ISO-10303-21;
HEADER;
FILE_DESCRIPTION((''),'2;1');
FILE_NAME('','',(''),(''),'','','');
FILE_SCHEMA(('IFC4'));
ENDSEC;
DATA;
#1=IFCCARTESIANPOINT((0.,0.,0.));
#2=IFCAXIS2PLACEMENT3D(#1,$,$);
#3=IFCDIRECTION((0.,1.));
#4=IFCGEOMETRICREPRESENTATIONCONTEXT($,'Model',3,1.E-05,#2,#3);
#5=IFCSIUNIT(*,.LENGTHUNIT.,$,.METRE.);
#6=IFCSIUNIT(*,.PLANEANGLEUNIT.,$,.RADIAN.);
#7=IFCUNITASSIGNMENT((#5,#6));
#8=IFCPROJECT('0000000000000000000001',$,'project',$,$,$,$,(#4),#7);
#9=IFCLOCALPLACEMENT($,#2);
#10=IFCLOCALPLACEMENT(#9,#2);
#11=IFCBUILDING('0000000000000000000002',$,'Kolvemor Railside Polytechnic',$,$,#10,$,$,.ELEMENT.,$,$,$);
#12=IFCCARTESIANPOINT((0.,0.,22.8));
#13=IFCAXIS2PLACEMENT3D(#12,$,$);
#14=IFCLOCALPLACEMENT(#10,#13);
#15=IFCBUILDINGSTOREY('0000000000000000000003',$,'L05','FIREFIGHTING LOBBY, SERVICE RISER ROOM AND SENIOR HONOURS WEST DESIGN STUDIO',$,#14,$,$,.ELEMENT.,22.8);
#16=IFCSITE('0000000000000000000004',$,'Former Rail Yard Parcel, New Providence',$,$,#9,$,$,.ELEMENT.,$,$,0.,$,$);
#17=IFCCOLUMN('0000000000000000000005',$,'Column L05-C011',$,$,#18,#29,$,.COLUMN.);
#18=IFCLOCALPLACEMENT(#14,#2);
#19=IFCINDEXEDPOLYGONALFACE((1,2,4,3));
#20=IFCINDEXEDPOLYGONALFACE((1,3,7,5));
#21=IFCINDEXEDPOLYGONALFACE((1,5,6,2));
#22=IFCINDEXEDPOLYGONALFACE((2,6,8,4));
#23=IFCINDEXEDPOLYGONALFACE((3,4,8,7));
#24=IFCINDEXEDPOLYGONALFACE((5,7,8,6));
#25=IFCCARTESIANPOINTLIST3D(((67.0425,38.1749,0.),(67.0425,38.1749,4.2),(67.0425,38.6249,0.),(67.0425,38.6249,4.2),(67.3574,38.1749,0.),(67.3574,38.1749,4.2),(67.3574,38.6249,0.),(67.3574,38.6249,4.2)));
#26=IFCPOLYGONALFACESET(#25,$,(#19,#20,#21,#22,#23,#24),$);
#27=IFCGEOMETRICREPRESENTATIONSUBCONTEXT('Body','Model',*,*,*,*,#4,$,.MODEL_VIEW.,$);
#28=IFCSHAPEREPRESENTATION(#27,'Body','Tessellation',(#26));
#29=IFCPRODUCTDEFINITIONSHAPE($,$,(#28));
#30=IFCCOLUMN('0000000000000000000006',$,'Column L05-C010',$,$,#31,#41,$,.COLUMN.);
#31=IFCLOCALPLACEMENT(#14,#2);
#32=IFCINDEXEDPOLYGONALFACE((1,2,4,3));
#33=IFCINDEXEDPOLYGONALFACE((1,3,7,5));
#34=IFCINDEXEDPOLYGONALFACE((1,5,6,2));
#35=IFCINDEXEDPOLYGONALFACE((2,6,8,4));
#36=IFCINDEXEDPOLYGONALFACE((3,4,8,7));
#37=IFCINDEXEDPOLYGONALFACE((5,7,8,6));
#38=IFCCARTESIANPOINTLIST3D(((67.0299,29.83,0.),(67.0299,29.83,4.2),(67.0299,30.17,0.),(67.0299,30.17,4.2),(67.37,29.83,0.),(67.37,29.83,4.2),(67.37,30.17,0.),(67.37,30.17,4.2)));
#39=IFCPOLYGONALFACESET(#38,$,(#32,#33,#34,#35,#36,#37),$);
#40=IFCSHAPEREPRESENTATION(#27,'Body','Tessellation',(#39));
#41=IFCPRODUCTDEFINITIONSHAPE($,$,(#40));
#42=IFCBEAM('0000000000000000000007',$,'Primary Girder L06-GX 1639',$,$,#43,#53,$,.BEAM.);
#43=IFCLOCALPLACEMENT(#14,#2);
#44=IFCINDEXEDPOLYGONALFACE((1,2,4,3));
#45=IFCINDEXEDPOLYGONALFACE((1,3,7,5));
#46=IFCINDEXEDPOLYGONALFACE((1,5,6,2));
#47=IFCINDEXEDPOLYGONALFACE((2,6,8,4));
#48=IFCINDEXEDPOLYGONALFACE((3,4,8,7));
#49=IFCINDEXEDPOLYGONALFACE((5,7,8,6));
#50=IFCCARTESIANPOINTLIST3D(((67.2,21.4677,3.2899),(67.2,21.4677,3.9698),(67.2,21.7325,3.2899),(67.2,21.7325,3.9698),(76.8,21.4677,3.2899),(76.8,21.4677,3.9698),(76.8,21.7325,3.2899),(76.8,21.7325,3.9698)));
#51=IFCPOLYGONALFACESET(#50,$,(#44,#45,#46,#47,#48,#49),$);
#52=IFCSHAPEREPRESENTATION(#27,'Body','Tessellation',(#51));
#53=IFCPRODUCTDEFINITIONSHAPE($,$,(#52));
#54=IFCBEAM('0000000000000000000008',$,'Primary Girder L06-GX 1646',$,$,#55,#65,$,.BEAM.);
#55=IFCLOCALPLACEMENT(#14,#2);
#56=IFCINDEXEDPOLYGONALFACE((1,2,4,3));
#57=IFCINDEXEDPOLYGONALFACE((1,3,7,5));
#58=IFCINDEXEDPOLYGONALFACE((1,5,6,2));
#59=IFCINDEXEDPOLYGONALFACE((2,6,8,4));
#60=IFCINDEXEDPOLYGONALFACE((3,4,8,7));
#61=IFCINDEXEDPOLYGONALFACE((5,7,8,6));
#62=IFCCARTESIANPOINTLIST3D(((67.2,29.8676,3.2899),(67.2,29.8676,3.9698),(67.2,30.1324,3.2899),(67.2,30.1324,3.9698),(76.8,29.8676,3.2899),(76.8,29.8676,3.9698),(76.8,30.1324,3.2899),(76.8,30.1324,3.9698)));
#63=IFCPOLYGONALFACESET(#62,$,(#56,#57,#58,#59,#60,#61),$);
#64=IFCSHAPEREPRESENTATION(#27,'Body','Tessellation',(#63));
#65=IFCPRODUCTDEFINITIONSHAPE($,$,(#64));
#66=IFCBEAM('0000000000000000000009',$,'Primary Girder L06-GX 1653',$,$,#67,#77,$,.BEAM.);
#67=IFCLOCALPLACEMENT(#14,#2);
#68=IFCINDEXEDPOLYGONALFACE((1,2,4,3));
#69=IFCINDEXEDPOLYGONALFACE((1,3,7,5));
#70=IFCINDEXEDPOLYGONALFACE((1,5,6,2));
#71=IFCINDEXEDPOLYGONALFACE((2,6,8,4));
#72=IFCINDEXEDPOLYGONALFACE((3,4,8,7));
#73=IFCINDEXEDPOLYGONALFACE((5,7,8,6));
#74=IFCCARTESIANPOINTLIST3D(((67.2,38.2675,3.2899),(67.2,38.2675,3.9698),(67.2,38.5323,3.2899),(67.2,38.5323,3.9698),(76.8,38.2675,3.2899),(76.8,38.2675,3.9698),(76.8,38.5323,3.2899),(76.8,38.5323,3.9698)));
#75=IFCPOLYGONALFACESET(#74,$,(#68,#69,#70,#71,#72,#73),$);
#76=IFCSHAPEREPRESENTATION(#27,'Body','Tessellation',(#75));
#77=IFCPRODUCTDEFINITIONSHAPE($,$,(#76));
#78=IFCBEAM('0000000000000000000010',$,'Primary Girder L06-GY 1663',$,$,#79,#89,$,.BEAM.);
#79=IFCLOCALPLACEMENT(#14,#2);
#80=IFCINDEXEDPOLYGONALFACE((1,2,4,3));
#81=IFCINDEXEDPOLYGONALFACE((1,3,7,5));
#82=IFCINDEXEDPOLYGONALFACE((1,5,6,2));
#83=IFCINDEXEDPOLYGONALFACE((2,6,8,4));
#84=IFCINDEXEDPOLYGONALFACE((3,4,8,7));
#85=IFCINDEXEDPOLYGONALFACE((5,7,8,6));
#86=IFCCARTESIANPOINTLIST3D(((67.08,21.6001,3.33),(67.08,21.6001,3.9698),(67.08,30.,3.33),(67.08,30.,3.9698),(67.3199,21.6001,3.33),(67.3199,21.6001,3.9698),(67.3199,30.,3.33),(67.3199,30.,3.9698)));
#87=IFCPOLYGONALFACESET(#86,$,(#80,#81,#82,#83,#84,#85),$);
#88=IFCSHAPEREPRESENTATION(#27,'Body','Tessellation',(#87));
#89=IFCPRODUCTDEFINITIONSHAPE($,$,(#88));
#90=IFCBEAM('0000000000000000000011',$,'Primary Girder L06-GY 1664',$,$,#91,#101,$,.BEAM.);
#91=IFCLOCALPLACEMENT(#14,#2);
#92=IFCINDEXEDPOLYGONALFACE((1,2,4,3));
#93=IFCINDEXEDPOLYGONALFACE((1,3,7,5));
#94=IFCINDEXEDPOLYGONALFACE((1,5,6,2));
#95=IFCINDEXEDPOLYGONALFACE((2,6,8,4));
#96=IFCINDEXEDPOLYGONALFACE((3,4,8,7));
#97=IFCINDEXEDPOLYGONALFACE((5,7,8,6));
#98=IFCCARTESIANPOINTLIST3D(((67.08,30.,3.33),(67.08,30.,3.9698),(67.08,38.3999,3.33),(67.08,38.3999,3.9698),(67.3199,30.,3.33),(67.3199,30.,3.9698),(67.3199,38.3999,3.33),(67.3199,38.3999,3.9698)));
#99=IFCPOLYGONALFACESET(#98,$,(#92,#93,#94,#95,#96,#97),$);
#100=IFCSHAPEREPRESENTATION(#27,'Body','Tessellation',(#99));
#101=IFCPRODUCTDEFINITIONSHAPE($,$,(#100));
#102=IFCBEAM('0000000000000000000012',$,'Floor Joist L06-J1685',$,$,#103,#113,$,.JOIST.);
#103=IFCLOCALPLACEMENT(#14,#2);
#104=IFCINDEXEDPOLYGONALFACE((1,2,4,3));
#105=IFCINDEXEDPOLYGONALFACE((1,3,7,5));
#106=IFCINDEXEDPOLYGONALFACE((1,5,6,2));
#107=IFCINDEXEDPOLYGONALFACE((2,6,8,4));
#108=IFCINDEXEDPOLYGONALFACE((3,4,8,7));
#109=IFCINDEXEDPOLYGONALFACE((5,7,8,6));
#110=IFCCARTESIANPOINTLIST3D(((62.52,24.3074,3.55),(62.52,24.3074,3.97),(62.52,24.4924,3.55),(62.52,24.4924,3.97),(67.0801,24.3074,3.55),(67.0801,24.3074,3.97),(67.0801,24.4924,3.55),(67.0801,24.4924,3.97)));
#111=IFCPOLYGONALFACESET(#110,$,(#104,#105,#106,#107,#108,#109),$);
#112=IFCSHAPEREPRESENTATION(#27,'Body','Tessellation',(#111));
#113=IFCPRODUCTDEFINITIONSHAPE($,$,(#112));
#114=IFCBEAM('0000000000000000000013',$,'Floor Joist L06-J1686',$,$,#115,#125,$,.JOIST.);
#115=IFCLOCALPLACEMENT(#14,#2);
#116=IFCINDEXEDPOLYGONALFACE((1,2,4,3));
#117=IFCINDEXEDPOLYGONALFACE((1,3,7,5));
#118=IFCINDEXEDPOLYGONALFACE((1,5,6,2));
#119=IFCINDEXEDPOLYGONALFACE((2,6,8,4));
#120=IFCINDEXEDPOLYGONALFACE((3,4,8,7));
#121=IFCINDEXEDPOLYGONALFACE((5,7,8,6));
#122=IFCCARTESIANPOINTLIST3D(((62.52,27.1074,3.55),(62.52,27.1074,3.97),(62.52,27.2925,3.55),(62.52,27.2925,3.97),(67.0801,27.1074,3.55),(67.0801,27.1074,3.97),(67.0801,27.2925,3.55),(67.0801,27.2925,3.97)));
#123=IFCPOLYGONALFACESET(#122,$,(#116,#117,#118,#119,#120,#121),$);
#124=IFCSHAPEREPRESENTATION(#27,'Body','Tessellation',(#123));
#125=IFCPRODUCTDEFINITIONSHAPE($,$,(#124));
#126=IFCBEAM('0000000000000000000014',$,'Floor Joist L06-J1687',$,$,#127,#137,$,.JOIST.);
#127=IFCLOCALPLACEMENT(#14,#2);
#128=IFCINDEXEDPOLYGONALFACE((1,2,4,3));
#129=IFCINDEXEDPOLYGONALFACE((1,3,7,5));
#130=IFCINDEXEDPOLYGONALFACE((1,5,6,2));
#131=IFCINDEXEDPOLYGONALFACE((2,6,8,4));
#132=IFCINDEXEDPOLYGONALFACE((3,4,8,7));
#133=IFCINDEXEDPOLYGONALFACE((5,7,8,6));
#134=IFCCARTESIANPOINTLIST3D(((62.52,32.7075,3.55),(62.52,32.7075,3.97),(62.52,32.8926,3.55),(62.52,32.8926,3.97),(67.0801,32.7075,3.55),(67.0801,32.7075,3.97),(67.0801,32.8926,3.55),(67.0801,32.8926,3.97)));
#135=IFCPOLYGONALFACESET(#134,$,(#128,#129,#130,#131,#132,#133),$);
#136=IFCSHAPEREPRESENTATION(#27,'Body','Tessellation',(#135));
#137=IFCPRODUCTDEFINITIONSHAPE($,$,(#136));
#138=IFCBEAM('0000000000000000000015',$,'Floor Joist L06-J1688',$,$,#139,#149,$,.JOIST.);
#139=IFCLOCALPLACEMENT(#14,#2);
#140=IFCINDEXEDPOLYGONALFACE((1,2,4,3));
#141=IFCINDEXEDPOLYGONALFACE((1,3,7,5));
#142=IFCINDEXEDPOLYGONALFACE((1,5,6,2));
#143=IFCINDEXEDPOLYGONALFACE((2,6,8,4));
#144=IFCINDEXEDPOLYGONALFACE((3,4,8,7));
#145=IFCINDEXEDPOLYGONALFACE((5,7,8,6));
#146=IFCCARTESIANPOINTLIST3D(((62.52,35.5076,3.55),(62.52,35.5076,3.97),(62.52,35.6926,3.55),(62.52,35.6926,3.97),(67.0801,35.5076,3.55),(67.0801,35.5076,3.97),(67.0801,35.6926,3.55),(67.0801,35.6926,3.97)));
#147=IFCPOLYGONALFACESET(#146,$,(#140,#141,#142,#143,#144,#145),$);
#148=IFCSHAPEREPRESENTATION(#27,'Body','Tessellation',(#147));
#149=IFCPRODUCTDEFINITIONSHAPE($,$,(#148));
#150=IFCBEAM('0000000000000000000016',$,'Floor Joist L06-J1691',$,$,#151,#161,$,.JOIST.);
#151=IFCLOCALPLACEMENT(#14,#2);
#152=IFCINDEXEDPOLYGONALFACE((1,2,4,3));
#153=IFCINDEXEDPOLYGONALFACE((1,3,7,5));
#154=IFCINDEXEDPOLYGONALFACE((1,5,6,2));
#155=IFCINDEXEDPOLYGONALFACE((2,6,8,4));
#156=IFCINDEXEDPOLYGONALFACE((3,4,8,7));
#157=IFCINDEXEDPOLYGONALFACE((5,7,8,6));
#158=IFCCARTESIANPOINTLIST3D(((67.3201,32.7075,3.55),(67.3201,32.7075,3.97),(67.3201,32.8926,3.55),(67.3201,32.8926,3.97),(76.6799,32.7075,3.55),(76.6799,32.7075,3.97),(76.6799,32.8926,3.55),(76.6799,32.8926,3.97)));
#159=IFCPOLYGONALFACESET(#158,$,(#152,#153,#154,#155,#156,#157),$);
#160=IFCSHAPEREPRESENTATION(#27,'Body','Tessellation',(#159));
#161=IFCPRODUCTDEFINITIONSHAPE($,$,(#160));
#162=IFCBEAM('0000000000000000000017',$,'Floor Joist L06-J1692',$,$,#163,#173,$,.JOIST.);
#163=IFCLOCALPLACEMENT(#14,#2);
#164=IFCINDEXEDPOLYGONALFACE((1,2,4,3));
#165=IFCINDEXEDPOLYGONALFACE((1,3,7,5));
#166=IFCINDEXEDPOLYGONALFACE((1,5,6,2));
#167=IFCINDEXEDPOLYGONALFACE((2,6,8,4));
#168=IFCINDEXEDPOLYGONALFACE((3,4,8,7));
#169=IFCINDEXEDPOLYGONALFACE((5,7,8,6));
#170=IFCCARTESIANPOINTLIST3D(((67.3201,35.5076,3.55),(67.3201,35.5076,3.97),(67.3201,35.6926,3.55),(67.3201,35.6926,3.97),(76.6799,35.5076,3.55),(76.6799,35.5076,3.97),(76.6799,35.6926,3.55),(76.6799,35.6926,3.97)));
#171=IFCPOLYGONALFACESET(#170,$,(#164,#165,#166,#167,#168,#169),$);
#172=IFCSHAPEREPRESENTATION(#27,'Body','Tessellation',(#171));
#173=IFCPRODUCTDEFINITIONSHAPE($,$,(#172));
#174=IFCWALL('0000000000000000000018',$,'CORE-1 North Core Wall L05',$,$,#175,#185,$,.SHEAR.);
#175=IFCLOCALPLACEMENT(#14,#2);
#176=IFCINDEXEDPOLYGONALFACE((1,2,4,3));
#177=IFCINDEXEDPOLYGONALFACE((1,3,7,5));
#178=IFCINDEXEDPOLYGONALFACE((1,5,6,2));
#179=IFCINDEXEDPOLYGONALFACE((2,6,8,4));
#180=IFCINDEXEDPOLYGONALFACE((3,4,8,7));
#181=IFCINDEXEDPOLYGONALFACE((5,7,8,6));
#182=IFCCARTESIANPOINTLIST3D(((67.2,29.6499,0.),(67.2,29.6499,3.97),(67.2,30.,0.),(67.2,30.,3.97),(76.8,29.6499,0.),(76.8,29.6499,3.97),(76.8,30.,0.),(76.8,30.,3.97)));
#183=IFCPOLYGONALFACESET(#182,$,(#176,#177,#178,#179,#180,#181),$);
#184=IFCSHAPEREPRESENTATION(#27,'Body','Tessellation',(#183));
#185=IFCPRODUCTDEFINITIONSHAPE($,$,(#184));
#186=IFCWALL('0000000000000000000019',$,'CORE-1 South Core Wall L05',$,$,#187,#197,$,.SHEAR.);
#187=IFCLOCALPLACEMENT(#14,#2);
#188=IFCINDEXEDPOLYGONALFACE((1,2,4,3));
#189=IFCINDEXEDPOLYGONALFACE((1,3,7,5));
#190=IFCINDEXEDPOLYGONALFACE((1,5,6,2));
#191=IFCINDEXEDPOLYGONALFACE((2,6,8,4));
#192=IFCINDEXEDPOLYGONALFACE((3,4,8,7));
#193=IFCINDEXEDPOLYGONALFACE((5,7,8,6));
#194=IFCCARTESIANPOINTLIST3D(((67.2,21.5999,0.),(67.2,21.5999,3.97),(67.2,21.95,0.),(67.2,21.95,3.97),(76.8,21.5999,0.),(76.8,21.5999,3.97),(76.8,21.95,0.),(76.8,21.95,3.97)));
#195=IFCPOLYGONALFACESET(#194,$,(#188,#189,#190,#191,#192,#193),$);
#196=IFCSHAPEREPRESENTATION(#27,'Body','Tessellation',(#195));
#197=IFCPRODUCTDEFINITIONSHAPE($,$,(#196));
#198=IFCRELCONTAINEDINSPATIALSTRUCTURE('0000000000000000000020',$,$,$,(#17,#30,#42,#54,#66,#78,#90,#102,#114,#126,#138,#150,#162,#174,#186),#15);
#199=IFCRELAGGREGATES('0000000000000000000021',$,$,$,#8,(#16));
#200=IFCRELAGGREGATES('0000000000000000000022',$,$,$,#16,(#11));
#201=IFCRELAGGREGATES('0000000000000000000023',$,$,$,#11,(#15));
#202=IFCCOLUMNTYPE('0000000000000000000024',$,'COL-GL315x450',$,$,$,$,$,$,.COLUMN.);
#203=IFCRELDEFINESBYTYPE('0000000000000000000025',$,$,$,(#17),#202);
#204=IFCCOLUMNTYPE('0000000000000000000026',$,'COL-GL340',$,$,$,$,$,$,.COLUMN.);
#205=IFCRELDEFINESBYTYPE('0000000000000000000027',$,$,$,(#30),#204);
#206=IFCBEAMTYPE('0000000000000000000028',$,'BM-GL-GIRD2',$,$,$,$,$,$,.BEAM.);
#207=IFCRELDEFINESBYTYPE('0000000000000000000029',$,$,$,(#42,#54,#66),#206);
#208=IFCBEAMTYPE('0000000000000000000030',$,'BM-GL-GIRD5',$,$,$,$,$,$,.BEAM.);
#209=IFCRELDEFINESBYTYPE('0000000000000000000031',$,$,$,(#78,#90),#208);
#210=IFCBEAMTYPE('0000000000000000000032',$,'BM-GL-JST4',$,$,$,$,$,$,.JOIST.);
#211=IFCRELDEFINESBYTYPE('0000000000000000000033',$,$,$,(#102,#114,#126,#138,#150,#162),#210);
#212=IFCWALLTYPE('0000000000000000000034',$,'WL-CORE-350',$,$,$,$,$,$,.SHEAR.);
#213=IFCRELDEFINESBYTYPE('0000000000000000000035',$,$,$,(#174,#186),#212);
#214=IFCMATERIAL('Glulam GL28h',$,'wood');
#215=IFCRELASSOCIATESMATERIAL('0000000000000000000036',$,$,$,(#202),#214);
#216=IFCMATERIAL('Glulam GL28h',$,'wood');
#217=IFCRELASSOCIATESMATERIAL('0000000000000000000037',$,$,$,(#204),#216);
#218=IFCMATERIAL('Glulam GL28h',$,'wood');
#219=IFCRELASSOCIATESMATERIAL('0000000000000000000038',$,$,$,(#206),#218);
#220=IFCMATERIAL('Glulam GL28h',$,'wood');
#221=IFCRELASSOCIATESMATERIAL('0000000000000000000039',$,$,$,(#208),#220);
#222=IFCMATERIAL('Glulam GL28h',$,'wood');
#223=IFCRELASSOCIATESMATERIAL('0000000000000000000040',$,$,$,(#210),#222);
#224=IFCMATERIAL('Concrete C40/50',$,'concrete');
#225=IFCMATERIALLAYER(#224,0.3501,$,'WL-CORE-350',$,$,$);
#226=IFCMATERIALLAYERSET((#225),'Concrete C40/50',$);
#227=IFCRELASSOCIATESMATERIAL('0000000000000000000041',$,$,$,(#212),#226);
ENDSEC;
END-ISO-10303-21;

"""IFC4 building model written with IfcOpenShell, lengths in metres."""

from ifc_helpers import new_model, si_unit, direction, frame, frame_2d, origin, origin_2d, place, context, subcontext, project, spatial, rectangle, extrude, material, layer, layer_set, material_profile, profile_set, type_object, element, save


model = new_model("IFC4")

# Units and contexts
model_context = context("Model", 3, precision=1e-05, world=origin(), true_north=direction((0.0, 1.0)))
body_context = subcontext(model_context, "Body", "Model", "MODEL_VIEW")
ifc_project = project(units=[si_unit("LENGTHUNIT", "METRE"), si_unit("PLANEANGLEUNIT", "RADIAN")], contexts=[model_context])

# Site, building, storey
site_placement = place(None, origin())
site = spatial("IfcSite", under=ifc_project, at=site_placement, Name="Former Rail Yard Parcel, New Providence", CompositionType="ELEMENT", RefElevation=0.0)
building_placement = place(site_placement, origin())
building = spatial("IfcBuilding", under=site, at=building_placement, Name="Kolvemor Railside Polytechnic", CompositionType="ELEMENT")
storey_placement = place(building_placement, frame((0.0, 0.0, 22.8)))
storey = spatial("IfcBuildingStorey", under=building, at=storey_placement, Name="L05", Description="FIREFIGHTING LOBBY, SERVICE RISER ROOM AND SENIOR HONOURS WEST DESIGN STUDIO", CompositionType="ELEMENT", Elevation=22.8)

# Columns
ifc_material_1 = material(Name="Glulam GL28h", Category="wood")
ifc_material_profile_1 = material_profile(ifc_material_1, rectangle(XDim=0.3149, YDim=0.45, at=origin_2d()), Name="GL315x450")
ifc_profile_set_1 = profile_set([ifc_material_profile_1], Name="Glulam GL28h")
column_type_1 = type_object("IfcColumnType", Name="COL-GL315x450", PredefinedType="COLUMN", material=ifc_profile_set_1)
column_1_placement = place(storey_placement, frame((67.2, 38.3999, 0.0), z_axis=(0.0, 0.0, 1.0), x_axis=(1.0, 0.0, 0.0)))
element("IfcColumn", 1, at=column_1_placement, inside=storey, type_object=column_type_1, Name="Column L05-C011", PredefinedType="COLUMN", context=body_context, shape_type="SweptSolid", body=[
    extrude(rectangle(XDim=0.3149, YDim=0.45, at=origin_2d()), origin(), (0.0, 0.0, 1.0), 4.2),
])
ifc_material_2 = material(Name="Glulam GL28h", Category="wood")
ifc_material_profile_2 = material_profile(ifc_material_2, rectangle(XDim=0.3401, YDim=0.3401, at=origin_2d()), Name="GL340x340")
ifc_profile_set_2 = profile_set([ifc_material_profile_2], Name="Glulam GL28h")
column_type_2 = type_object("IfcColumnType", Name="COL-GL340", PredefinedType="COLUMN", material=ifc_profile_set_2)
column_2_placement = place(storey_placement, frame((67.2, 30.0, 0.0), z_axis=(0.0, 0.0, 1.0), x_axis=(1.0, 0.0, 0.0)))
element("IfcColumn", 2, at=column_2_placement, inside=storey, type_object=column_type_2, Name="Column L05-C010", PredefinedType="COLUMN", context=body_context, shape_type="SweptSolid", body=[
    extrude(rectangle(XDim=0.3401, YDim=0.3401, at=origin_2d()), origin(), (0.0, 0.0, 1.0), 4.2),
])

# Beams
ifc_material_3 = material(Name="Glulam GL28h", Category="wood")
ifc_material_profile_3 = material_profile(ifc_material_3, rectangle(XDim=0.2649, YDim=0.6799, at=origin_2d()), Name="GL265x680")
ifc_profile_set_3 = profile_set([ifc_material_profile_3], Name="Glulam GL28h")
beam_type_1 = type_object("IfcBeamType", Name="BM-GL-GIRD2", PredefinedType="BEAM", material=ifc_profile_set_3)
for number, where, z_axis, x_axis, name in (
    (3, (67.2, 21.6001, 3.6299), (1.0, 0.0, 0.0), (0.0, 1.0, 0.0), "Primary Girder L06-GX 1639"),
    (4, (67.2, 30.0, 3.6299), (1.0, 0.0, 0.0), (0.0, 1.0, 0.0), "Primary Girder L06-GX 1646"),
    (5, (67.2, 38.3999, 3.6299), (1.0, 0.0, 0.0), (0.0, 1.0, 0.0), "Primary Girder L06-GX 1653"),
):
    element("IfcBeam", number, at=place(storey_placement, frame(where, z_axis=z_axis, x_axis=x_axis)), inside=storey, type_object=beam_type_1, Name=name, PredefinedType="BEAM", context=body_context, shape_type="SweptSolid", body=[
        extrude(rectangle(XDim=0.2649, YDim=0.6799, at=origin_2d()), origin(), (0.0, 0.0, 1.0), 9.6001),
    ])
ifc_material_4 = material(Name="Glulam GL28h", Category="wood")
ifc_material_profile_4 = material_profile(ifc_material_4, rectangle(XDim=0.24, YDim=0.6399, at=origin_2d()), Name="GL240x640")
ifc_profile_set_4 = profile_set([ifc_material_profile_4], Name="Glulam GL28h")
beam_type_2 = type_object("IfcBeamType", Name="BM-GL-GIRD5", PredefinedType="BEAM", material=ifc_profile_set_4)
for number, where, z_axis, x_axis, name in (
    (6, (67.2, 21.6001, 3.6499), (0.0, 1.0, 0.0), (-1.0, 0.0, 0.0), "Primary Girder L06-GY 1663"),
    (7, (67.2, 30.0, 3.6499), (0.0, 1.0, 0.0), (-1.0, 0.0, 0.0), "Primary Girder L06-GY 1664"),
):
    element("IfcBeam", number, at=place(storey_placement, frame(where, z_axis=z_axis, x_axis=x_axis)), inside=storey, type_object=beam_type_2, Name=name, PredefinedType="BEAM", context=body_context, shape_type="SweptSolid", body=[
        extrude(rectangle(XDim=0.24, YDim=0.6399, at=origin_2d()), origin(), (0.0, 0.0, 1.0), 8.3999),
    ])
ifc_material_5 = material(Name="Glulam GL28h", Category="wood")
ifc_material_profile_5 = material_profile(ifc_material_5, rectangle(XDim=0.1851, YDim=0.4199, at=origin_2d()), Name="GL185x420")
ifc_profile_set_5 = profile_set([ifc_material_profile_5], Name="Glulam GL28h")
beam_type_3 = type_object("IfcBeamType", Name="BM-GL-JST4", PredefinedType="JOIST", material=ifc_profile_set_5)
for number, where, z_axis, x_axis, name in (
    (8, (62.52, 24.3999, 3.76), (1.0, 0.0, 0.0), (0.0, 1.0, 0.0), "Floor Joist L06-J1685"),
    (9, (62.52, 27.2, 3.76), (1.0, 0.0, 0.0), (0.0, 1.0, 0.0), "Floor Joist L06-J1686"),
    (10, (62.52, 32.8, 3.76), (1.0, 0.0, 0.0), (0.0, 1.0, 0.0), "Floor Joist L06-J1687"),
    (11, (62.52, 35.6001, 3.76), (1.0, 0.0, 0.0), (0.0, 1.0, 0.0), "Floor Joist L06-J1688"),
):
    element("IfcBeam", number, at=place(storey_placement, frame(where, z_axis=z_axis, x_axis=x_axis)), inside=storey, type_object=beam_type_3, Name=name, PredefinedType="JOIST", context=body_context, shape_type="SweptSolid", body=[
        extrude(rectangle(XDim=0.1851, YDim=0.4199, at=origin_2d()), origin(), (0.0, 0.0, 1.0), 4.5601),
    ])
for number, where, z_axis, x_axis, name in (
    (12, (67.3201, 32.8, 3.76), (1.0, 0.0, 0.0), (0.0, 1.0, 0.0), "Floor Joist L06-J1691"),
    (13, (67.3201, 35.6001, 3.76), (1.0, 0.0, 0.0), (0.0, 1.0, 0.0), "Floor Joist L06-J1692"),
):
    element("IfcBeam", number, at=place(storey_placement, frame(where, z_axis=z_axis, x_axis=x_axis)), inside=storey, type_object=beam_type_3, Name=name, PredefinedType="JOIST", context=body_context, shape_type="SweptSolid", body=[
        extrude(rectangle(XDim=0.1851, YDim=0.4199, at=origin_2d()), origin(), (0.0, 0.0, 1.0), 9.3599),
    ])

# Walls
ifc_material_6 = material(Name="Concrete C40/50", Category="concrete")
ifc_layer_1 = layer(ifc_material_6, 0.3501, Name="WL-CORE-350")
ifc_layer_set_1 = layer_set([ifc_layer_1], Name="Concrete C40/50")
wall_type_1 = type_object("IfcWallType", Name="WL-CORE-350", PredefinedType="SHEAR", material=ifc_layer_set_1)
for number, where, z_axis, x_axis, name in (
    (14, (67.2, 29.825, 0.0), (0.0, 0.0, 1.0), (1.0, 0.0, 0.0), "CORE-1 North Core Wall L05"),
    (15, (67.2, 21.7749, 0.0), (0.0, 0.0, 1.0), (1.0, 0.0, 0.0), "CORE-1 South Core Wall L05"),
):
    element("IfcWall", number, at=place(storey_placement, frame(where, z_axis=z_axis, x_axis=x_axis)), inside=storey, type_object=wall_type_1, Name=name, PredefinedType="SHEAR", context=body_context, shape_type="SweptSolid", body=[
        extrude(rectangle(XDim=9.6001, YDim=0.3501, at=frame_2d((4.8, 0.0))), origin(), (0.0, 0.0, 1.0), 3.97),
    ])

save(model, "model.ifc")
